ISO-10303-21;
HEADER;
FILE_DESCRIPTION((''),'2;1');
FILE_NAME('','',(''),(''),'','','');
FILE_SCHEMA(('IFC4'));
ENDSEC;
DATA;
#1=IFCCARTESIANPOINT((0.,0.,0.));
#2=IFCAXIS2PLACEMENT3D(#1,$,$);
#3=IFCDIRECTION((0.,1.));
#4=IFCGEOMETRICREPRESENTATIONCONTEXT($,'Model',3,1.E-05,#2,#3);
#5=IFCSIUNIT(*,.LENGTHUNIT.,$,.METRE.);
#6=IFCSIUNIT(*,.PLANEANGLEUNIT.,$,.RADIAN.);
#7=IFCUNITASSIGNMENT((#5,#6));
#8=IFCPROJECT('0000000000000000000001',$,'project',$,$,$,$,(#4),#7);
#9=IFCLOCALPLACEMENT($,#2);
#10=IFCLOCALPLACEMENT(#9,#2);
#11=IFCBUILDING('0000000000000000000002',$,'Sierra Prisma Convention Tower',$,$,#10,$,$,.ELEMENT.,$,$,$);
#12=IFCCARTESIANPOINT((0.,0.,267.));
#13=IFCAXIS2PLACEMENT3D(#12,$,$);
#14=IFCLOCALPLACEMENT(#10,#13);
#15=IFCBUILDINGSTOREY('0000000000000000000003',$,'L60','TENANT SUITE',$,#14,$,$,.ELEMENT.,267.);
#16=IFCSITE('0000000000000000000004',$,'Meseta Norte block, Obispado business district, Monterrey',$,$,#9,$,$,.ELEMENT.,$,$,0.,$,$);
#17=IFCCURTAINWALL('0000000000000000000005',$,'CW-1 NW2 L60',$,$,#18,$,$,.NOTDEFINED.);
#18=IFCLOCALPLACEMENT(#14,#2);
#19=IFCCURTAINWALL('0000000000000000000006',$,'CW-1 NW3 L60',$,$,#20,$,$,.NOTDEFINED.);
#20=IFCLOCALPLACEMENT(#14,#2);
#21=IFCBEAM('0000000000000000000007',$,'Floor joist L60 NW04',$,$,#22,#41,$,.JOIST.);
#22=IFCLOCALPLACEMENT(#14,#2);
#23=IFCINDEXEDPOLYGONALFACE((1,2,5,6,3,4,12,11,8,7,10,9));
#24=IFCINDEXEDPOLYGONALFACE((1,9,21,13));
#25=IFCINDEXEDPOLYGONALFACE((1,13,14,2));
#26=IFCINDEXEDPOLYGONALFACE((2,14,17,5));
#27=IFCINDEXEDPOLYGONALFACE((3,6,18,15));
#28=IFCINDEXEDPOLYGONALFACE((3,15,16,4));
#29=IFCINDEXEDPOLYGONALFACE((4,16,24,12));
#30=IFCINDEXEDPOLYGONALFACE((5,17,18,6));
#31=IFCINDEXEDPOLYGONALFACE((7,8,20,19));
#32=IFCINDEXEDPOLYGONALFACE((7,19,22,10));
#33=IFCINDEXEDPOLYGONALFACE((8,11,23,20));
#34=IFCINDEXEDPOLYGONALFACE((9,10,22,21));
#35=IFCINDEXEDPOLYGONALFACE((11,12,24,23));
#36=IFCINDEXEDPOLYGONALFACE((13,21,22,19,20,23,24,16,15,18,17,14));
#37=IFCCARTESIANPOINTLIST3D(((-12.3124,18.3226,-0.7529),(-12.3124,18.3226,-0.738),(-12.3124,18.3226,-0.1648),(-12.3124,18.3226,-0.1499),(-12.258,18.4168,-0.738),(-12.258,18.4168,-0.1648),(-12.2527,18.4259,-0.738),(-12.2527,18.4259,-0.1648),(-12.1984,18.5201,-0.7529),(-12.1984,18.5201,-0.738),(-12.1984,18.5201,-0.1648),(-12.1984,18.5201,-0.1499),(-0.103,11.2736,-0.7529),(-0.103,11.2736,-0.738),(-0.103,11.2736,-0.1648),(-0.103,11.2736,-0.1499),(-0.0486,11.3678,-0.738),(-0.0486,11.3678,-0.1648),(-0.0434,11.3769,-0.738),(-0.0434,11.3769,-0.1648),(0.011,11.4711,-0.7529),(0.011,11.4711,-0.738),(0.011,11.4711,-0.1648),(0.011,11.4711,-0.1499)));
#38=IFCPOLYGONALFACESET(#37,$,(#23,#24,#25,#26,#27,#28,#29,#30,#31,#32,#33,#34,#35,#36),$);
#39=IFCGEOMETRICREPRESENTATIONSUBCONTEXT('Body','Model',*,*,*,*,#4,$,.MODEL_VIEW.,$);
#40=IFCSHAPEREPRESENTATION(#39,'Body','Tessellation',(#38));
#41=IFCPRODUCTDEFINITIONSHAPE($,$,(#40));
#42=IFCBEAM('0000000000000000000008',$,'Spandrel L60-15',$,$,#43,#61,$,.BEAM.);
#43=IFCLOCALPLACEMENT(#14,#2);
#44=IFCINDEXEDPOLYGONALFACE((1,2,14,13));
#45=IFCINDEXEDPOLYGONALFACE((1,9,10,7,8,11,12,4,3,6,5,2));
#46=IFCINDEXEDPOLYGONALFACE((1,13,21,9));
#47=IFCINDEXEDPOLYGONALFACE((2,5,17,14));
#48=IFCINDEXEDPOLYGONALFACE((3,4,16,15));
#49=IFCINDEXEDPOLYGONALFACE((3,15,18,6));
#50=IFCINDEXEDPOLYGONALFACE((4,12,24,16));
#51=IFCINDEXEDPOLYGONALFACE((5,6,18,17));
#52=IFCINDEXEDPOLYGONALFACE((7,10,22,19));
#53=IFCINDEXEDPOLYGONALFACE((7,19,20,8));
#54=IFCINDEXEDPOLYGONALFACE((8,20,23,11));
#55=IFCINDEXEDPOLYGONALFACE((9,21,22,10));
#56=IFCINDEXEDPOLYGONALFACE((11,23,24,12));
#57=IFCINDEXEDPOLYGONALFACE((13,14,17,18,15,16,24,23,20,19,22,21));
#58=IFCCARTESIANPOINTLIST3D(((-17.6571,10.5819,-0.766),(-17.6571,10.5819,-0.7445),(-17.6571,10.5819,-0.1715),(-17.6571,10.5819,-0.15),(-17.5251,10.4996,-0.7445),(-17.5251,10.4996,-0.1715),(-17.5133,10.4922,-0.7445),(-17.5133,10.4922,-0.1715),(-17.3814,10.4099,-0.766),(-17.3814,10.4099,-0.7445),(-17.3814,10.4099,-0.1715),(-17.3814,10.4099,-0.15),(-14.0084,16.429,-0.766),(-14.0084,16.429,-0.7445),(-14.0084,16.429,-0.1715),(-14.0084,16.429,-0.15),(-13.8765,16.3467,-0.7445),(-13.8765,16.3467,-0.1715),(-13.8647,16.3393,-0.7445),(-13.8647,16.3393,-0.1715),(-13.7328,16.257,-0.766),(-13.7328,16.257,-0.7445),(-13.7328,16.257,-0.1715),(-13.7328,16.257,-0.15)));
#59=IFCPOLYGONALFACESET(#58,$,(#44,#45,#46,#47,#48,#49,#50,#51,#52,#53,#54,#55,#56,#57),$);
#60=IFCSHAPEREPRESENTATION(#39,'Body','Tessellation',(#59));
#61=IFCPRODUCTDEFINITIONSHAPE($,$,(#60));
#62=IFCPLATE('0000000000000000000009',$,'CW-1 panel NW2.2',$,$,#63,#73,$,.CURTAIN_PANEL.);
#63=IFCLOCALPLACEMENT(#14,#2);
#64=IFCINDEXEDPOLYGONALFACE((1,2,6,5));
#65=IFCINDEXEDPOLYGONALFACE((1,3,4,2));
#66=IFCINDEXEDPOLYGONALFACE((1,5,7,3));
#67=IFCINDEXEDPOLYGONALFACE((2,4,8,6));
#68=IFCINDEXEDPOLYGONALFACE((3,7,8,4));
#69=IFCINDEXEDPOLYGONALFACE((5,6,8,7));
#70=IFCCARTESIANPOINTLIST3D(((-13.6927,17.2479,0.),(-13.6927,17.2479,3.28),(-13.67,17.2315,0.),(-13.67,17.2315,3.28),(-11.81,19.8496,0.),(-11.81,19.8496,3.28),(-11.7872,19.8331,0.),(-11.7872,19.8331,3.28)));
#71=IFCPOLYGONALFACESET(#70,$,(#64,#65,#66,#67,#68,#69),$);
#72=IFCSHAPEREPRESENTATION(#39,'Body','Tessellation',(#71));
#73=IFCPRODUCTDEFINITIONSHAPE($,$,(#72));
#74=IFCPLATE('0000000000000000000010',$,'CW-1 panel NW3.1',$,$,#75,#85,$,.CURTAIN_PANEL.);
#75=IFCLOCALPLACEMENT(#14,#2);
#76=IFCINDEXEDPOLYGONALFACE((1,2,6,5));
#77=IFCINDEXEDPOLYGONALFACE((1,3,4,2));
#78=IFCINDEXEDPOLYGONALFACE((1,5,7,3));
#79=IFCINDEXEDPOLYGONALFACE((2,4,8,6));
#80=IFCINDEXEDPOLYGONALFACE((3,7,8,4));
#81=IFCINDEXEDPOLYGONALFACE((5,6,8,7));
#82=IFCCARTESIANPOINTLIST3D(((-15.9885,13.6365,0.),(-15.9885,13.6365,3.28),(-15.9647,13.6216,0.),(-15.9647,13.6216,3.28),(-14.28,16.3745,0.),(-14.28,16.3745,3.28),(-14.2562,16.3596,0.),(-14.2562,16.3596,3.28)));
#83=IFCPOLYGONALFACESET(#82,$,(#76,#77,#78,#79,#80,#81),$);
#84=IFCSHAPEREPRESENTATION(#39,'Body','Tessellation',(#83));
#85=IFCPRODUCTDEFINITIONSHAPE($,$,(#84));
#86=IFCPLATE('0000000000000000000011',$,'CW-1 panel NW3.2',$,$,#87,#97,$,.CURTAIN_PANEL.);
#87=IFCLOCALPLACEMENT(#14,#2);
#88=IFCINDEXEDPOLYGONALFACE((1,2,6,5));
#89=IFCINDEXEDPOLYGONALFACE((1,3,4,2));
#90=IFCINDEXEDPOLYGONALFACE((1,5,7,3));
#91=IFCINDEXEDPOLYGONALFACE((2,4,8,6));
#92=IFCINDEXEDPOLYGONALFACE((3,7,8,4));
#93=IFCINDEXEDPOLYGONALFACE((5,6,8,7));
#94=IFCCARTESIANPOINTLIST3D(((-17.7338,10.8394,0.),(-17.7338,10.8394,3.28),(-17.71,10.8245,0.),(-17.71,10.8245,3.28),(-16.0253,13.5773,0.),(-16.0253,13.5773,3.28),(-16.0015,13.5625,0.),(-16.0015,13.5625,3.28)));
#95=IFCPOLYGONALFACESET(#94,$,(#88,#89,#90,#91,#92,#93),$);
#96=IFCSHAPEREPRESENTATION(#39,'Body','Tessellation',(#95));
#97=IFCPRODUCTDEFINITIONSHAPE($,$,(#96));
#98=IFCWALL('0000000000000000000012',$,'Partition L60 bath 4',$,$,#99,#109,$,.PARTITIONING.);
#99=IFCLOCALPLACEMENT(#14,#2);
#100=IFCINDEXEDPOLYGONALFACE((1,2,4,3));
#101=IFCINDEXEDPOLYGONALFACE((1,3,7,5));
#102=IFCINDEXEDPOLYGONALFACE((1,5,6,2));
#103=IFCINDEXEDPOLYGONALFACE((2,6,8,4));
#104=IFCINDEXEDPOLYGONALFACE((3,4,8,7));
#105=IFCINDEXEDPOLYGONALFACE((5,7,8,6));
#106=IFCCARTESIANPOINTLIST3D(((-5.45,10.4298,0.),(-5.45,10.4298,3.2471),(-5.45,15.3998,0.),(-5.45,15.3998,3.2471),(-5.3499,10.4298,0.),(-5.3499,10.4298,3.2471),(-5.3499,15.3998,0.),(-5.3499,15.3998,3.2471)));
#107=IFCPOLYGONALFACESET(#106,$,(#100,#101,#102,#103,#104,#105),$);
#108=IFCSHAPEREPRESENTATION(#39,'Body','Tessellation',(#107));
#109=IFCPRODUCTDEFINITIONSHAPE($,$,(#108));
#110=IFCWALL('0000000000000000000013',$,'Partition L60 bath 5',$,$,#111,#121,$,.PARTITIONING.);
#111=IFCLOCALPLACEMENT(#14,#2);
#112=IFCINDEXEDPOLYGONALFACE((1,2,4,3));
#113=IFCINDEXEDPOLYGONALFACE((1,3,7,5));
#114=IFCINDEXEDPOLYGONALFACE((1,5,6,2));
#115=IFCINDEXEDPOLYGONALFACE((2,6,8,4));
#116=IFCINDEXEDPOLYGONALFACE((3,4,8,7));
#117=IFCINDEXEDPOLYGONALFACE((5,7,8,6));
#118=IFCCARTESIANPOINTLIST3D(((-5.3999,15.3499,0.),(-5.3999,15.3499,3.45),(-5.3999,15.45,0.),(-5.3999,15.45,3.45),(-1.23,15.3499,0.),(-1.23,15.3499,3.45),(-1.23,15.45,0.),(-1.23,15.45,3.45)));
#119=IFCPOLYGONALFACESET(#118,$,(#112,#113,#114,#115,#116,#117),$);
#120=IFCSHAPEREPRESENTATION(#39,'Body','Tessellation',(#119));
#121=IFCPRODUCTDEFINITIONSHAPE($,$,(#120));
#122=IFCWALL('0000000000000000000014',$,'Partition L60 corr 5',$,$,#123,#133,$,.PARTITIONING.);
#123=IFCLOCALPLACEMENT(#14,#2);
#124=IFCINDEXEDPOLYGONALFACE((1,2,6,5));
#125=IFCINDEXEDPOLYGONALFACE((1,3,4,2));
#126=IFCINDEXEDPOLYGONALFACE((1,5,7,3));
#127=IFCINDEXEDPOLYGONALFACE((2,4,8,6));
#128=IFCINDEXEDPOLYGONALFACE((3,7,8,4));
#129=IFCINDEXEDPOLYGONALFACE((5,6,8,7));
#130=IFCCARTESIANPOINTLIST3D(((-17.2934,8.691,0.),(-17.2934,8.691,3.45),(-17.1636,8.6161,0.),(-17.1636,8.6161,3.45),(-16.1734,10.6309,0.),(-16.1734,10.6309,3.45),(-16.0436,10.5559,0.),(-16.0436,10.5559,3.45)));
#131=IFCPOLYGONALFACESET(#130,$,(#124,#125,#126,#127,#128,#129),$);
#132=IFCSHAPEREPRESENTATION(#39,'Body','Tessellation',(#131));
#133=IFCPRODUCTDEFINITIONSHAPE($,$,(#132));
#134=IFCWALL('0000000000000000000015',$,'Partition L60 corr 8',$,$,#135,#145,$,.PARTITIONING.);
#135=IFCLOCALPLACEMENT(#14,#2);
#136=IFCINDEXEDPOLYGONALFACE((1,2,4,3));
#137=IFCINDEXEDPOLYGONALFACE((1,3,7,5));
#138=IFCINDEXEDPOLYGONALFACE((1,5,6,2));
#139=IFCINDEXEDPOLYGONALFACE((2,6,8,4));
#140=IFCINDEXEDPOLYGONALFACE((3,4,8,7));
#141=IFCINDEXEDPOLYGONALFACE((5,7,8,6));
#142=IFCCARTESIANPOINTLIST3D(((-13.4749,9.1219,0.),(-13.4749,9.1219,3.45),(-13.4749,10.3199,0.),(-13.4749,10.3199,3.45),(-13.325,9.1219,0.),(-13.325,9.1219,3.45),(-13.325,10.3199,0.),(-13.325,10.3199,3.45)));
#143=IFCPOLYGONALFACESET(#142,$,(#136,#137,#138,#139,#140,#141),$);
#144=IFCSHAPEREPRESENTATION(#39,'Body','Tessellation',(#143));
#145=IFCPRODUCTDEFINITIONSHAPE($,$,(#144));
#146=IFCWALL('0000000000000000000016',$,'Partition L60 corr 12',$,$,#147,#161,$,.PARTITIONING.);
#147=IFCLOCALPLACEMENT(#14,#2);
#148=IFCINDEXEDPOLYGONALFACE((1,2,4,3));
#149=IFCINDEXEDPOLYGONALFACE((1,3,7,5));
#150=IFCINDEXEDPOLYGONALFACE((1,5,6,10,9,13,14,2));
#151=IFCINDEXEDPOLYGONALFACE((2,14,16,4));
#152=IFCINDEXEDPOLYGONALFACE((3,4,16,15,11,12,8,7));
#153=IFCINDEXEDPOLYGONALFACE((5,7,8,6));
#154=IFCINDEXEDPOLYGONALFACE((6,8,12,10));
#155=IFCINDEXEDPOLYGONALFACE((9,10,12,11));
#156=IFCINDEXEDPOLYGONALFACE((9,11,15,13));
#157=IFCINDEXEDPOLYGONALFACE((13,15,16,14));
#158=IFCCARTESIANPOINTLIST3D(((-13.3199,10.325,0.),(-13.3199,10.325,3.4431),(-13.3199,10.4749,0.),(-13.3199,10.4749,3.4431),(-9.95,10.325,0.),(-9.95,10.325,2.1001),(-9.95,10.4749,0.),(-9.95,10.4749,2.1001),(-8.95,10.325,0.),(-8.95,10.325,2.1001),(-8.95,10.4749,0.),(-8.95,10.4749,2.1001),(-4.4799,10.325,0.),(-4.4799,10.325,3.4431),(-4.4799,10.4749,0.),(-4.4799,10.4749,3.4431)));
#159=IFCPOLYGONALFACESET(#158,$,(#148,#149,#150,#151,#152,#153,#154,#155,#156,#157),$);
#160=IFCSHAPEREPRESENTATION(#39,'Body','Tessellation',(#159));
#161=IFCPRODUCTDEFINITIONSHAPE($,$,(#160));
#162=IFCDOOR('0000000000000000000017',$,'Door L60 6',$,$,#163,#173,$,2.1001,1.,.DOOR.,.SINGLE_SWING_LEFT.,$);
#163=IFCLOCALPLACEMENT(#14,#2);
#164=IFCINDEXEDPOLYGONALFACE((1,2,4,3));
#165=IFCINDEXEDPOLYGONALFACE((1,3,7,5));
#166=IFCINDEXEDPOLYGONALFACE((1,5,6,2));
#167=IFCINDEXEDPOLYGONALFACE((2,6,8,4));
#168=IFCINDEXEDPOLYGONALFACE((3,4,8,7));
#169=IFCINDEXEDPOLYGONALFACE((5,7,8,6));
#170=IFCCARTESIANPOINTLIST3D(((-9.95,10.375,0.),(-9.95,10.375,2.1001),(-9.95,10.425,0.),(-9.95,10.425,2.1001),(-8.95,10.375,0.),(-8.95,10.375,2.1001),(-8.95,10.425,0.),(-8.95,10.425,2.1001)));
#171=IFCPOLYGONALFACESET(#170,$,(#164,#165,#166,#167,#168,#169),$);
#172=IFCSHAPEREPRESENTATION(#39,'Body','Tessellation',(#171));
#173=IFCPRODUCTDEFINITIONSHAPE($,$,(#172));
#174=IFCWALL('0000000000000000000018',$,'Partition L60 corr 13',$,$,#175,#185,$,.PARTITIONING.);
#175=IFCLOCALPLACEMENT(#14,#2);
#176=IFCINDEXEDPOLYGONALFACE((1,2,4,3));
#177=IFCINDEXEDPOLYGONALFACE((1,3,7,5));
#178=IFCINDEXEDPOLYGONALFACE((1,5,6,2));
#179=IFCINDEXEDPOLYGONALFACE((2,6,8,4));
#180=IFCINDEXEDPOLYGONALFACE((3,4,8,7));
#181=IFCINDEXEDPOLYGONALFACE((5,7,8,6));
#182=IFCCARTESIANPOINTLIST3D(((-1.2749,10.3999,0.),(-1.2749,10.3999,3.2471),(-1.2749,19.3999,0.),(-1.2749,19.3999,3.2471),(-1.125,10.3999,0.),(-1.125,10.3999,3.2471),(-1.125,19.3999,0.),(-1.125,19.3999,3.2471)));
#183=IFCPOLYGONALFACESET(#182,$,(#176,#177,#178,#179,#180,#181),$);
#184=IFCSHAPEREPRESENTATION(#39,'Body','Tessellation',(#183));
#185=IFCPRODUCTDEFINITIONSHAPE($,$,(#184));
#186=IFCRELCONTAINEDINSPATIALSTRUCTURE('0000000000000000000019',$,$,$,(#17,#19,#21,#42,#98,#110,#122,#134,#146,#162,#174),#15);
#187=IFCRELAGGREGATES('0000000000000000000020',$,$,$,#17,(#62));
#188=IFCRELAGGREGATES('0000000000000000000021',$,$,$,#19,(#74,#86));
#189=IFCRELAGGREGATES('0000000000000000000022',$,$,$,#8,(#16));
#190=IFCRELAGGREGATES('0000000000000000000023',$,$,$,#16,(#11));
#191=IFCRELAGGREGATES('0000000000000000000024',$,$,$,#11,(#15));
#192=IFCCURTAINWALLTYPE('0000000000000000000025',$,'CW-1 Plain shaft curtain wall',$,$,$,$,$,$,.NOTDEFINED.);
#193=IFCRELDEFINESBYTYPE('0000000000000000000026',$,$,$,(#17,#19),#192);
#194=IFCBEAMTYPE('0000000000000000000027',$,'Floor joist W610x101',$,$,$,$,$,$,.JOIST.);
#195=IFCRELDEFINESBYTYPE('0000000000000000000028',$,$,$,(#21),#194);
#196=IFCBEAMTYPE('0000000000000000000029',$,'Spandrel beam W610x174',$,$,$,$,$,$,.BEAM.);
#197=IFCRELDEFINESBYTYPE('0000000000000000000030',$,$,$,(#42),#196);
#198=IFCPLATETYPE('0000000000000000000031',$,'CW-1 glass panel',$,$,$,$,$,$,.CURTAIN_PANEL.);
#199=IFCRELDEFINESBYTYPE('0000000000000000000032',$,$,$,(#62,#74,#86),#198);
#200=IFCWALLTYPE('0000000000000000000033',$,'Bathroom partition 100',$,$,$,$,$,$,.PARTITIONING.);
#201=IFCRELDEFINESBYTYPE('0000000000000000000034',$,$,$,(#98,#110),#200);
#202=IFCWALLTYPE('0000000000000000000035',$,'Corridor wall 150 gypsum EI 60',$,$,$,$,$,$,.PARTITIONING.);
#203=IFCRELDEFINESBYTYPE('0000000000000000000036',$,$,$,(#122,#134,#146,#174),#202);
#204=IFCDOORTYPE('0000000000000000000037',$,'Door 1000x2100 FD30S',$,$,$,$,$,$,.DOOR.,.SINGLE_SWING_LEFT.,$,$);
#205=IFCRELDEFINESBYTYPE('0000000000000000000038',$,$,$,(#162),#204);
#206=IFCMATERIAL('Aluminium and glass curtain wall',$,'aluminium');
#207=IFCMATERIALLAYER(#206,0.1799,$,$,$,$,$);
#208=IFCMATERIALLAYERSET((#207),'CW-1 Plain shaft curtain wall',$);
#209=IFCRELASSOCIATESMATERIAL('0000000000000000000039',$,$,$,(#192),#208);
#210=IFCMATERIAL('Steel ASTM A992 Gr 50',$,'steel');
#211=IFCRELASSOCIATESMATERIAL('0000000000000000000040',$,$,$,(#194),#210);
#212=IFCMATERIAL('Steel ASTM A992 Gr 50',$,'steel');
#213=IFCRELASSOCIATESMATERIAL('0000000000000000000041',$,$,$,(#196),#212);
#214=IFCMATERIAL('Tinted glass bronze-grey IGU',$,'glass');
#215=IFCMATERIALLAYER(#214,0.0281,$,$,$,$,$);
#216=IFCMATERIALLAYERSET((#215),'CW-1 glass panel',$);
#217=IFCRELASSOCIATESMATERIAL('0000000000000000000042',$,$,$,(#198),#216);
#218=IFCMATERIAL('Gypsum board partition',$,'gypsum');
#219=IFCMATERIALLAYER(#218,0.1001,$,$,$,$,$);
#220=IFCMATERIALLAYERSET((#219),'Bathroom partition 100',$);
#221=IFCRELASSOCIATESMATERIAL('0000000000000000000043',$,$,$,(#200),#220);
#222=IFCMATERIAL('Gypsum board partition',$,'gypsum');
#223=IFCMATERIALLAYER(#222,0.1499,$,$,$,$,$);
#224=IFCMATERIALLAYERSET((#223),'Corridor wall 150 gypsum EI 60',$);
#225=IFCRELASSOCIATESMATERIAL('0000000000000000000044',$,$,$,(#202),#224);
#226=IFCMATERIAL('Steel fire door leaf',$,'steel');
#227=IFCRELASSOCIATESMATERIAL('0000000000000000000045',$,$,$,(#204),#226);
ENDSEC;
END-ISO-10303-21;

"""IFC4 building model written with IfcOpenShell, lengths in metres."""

from ifc_helpers import new_model, si_unit, direction, frame, frame_2d, origin, origin_2d, place, context, subcontext, project, spatial, rectangle, i_section, extrude, material, layer, layer_set, material_profile, profile_set, type_object, element, fill, aggregate, save


model = new_model("IFC4")

# Units and contexts
model_context = context("Model", 3, precision=1e-05, world=origin(), true_north=direction((0.0, 1.0)))
body_context = subcontext(model_context, "Body", "Model", "MODEL_VIEW")
ifc_project = project(units=[si_unit("LENGTHUNIT", "METRE"), si_unit("PLANEANGLEUNIT", "RADIAN")], contexts=[model_context])

# Site, building, storey
site_placement = place(None, origin())
site = spatial("IfcSite", under=ifc_project, at=site_placement, Name="Meseta Norte block, Obispado business district, Monterrey", CompositionType="ELEMENT", RefElevation=0.0)
building_placement = place(site_placement, origin())
building = spatial("IfcBuilding", under=site, at=building_placement, Name="Sierra Prisma Convention Tower", CompositionType="ELEMENT")
storey_placement = place(building_placement, frame((0.0, 0.0, 267.0)))
storey = spatial("IfcBuildingStorey", under=building, at=storey_placement, Name="L60", Description="TENANT SUITE", CompositionType="ELEMENT", Elevation=267.0)

# Curtain wall
ifc_material_1 = material(Name="Aluminium and glass curtain wall", Category="aluminium")
ifc_layer_1 = layer(ifc_material_1, 0.1799)
ifc_layer_set_1 = layer_set([ifc_layer_1], Name="CW-1 Plain shaft curtain wall")
curtain_wall_type = type_object("IfcCurtainWallType", Name="CW-1 Plain shaft curtain wall", PredefinedType="NOTDEFINED", material=ifc_layer_set_1)
curtain_wall_1_placement = place(storey_placement, origin())
curtain_wall_1 = element("IfcCurtainWall", 1, at=curtain_wall_1_placement, inside=storey, type_object=curtain_wall_type, Name="CW-1 NW2 L60", PredefinedType="NOTDEFINED")

# Curtain wall
curtain_wall_2_placement = place(storey_placement, origin())
curtain_wall_2 = element("IfcCurtainWall", 2, at=curtain_wall_2_placement, inside=storey, type_object=curtain_wall_type, Name="CW-1 NW3 L60", PredefinedType="NOTDEFINED")

# Beams
ifc_material_2 = material(Name="Steel ASTM A992 Gr 50", Category="steel")
ifc_material_profile_1 = material_profile(ifc_material_2, i_section(OverallWidth=0.228, OverallDepth=0.603, WebThickness=0.0105, FlangeThickness=0.0149, at=origin_2d()), Name="W610x101")
ifc_profile_set_1 = profile_set([ifc_material_profile_1], Name="Steel ASTM A992 Gr 50")
beam_type_1 = type_object("IfcBeamType", Name="Floor joist W610x101", PredefinedType="JOIST", material=ifc_profile_set_1)
beam_1_placement = place(storey_placement, frame((-12.2554, 18.4214, -0.4514), z_axis=(0.866028, -0.499996, 0.0), x_axis=(0.499996, 0.866028, 0.0)))
element("IfcBeam", 3, at=beam_1_placement, inside=storey, type_object=beam_type_1, Name="Floor joist L60 NW04", PredefinedType="JOIST", context=body_context, shape_type="SweptSolid", body=[
    extrude(i_section(OverallWidth=0.228, OverallDepth=0.603, WebThickness=0.0105, FlangeThickness=0.0149, at=origin_2d()), origin(), (0.0, 0.0, 1.0), 14.0981),
])
ifc_material_3 = material(Name="Steel ASTM A992 Gr 50", Category="steel")
ifc_material_profile_2 = material_profile(ifc_material_3, i_section(OverallWidth=0.325, OverallDepth=0.616, WebThickness=0.0139, FlangeThickness=0.0215, at=origin_2d()), Name="W610x174")
ifc_profile_set_2 = profile_set([ifc_material_profile_2], Name="Steel ASTM A992 Gr 50")
beam_type_2 = type_object("IfcBeamType", Name="Spandrel beam W610x174", PredefinedType="BEAM", material=ifc_profile_set_2)
beam_2_placement = place(storey_placement, frame((-13.8706, 16.343, -0.458), z_axis=(-0.529394, -0.848376, 0.0), x_axis=(0.848376, -0.529394, 0.0)))
element("IfcBeam", 4, at=beam_2_placement, inside=storey, type_object=beam_type_2, Name="Spandrel L60-15", PredefinedType="BEAM", context=body_context, shape_type="SweptSolid", body=[
    extrude(i_section(OverallWidth=0.325, OverallDepth=0.616, WebThickness=0.0139, FlangeThickness=0.0215, at=origin_2d()), origin(), (0.0, 0.0, 1.0), 6.8921),
])

# Plates
ifc_material_4 = material(Name="Tinted glass bronze-grey IGU", Category="glass")
ifc_layer_2 = layer(ifc_material_4, 0.0281)
ifc_layer_set_2 = layer_set([ifc_layer_2], Name="CW-1 glass panel")
plate_type = type_object("IfcPlateType", Name="CW-1 glass panel", PredefinedType="CURTAIN_PANEL", material=ifc_layer_set_2)
plate_1_placement = place(storey_placement, frame((-12.74, 18.5405, 0.0), z_axis=(0.0, 0.0, 1.0), x_axis=(-0.586269, -0.810117, 0.0)))
plate_1 = element("IfcPlate", 5, at=plate_1_placement, type_object=plate_type, Name="CW-1 panel NW2.2", PredefinedType="CURTAIN_PANEL", context=body_context, shape_type="SweptSolid", body=[
    extrude(rectangle(XDim=3.2114, YDim=0.0281, at=origin_2d()), origin(), (0.0, 0.0, 1.0), 3.28),
])
aggregate(curtain_wall_1, [plate_1])
plate_2_placement = place(storey_placement, frame((-15.1223, 14.998, 0.0), z_axis=(0.0, 0.0, 1.0), x_axis=(-0.52939, -0.848379, 0.0)))
plate_2 = element("IfcPlate", 6, at=plate_2_placement, type_object=plate_type, Name="CW-1 panel NW3.1", PredefinedType="CURTAIN_PANEL", context=body_context, shape_type="SweptSolid", body=[
    extrude(rectangle(XDim=3.2273, YDim=0.0281, at=origin_2d()), origin(), (0.0, 0.0, 1.0), 3.28),
])
plate_3_placement = place(storey_placement, frame((-16.8677, 12.2009, 0.0), z_axis=(0.0, 0.0, 1.0), x_axis=(-0.52939, -0.848379, 0.0)))
plate_3 = element("IfcPlate", 7, at=plate_3_placement, type_object=plate_type, Name="CW-1 panel NW3.2", PredefinedType="CURTAIN_PANEL", context=body_context, shape_type="SweptSolid", body=[
    extrude(rectangle(XDim=3.2273, YDim=0.0281, at=origin_2d()), origin(), (0.0, 0.0, 1.0), 3.28),
])
aggregate(curtain_wall_2, [plate_2, plate_3])

# Walls
ifc_material_5 = material(Name="Gypsum board partition", Category="gypsum")
ifc_layer_3 = layer(ifc_material_5, 0.1001)
ifc_layer_set_3 = layer_set([ifc_layer_3], Name="Bathroom partition 100")
wall_type_1 = type_object("IfcWallType", Name="Bathroom partition 100", PredefinedType="PARTITIONING", material=ifc_layer_set_3)
wall_1_placement = place(storey_placement, frame((-5.3999, 10.4299, 0.0), z_axis=(0.0, 0.0, 1.0), x_axis=(0.0, 1.0, 0.0)))
element("IfcWall", 8, at=wall_1_placement, inside=storey, type_object=wall_type_1, Name="Partition L60 bath 4", PredefinedType="PARTITIONING", context=body_context, shape_type="SweptSolid", body=[
    extrude(rectangle(XDim=4.97, YDim=0.1001, at=frame_2d((2.4849, 0.0))), origin(), (0.0, 0.0, 1.0), 3.2471),
])
wall_2_placement = place(storey_placement, frame((-5.3999, 15.3999, 0.0), z_axis=(0.0, 0.0, 1.0), x_axis=(1.0, 0.0, 0.0)))
element("IfcWall", 9, at=wall_2_placement, inside=storey, type_object=wall_type_1, Name="Partition L60 bath 5", PredefinedType="PARTITIONING", context=body_context, shape_type="SweptSolid", body=[
    extrude(rectangle(XDim=4.1699, YDim=0.1001, at=frame_2d((2.085, 0.0))), origin(), (0.0, 0.0, 1.0), 3.45),
])
ifc_material_6 = material(Name="Gypsum board partition", Category="gypsum")
ifc_layer_4 = layer(ifc_material_6, 0.1499)
ifc_layer_set_4 = layer_set([ifc_layer_4], Name="Corridor wall 150 gypsum EI 60")
wall_type_2 = type_object("IfcWallType", Name="Corridor wall 150 gypsum EI 60", PredefinedType="PARTITIONING", material=ifc_layer_set_4)
wall_3_placement = place(storey_placement, frame((-16.1084, 10.5935, 0.0), z_axis=(0.0, 0.0, 1.0), x_axis=(-0.500031, -0.866008, 0.0)))
element("IfcWall", 10, at=wall_3_placement, inside=storey, type_object=wall_type_2, Name="Partition L60 corr 5", PredefinedType="PARTITIONING", context=body_context, shape_type="SweptSolid", body=[
    extrude(rectangle(XDim=2.24, YDim=0.1499, at=frame_2d((1.1201, 0.0))), origin(), (0.0, 0.0, 1.0), 3.45),
])
wall_4_placement = place(storey_placement, frame((-13.3999, 10.3201, 0.0), z_axis=(0.0, 0.0, 1.0), x_axis=(0.0, -1.0, 0.0)))
element("IfcWall", 11, at=wall_4_placement, inside=storey, type_object=wall_type_2, Name="Partition L60 corr 8", PredefinedType="PARTITIONING", context=body_context, shape_type="SweptSolid", body=[
    extrude(rectangle(XDim=1.198, YDim=0.1499, at=frame_2d((0.5991, 0.0))), origin(), (0.0, 0.0, 1.0), 3.45),
])

# Wall, opening, door
wall_5_placement = place(storey_placement, frame((-4.48, 10.3999, 0.0), z_axis=(0.0, 0.0, 1.0), x_axis=(-1.0, 0.0, 0.0)))
wall_5 = element("IfcWall", 12, at=wall_5_placement, inside=storey, type_object=wall_type_2, Name="Partition L60 corr 12", PredefinedType="PARTITIONING", context=body_context, shape_type="SweptSolid", body=[
    extrude(rectangle(XDim=8.8401, YDim=0.1499, at=frame_2d((4.4199, 0.0))), origin(), (0.0, 0.0, 1.0), 3.4431),
])
opening_1_placement = place(wall_5_placement, frame((4.47, 0.0, 0.0)))
opening_1 = element("IfcOpeningElement", 13, at=opening_1_placement, cuts=wall_5, PredefinedType="OPENING", context=body_context, shape_type="SweptSolid", body=[
    extrude(rectangle(XDim=1.0, YDim=2.1001, at=frame_2d((0.5, 1.05))), frame((0.0, 0.075, 0.0), z_axis=(0.0, -1.0, 0.0), x_axis=(1.0, 0.0, 0.0)), (0.0, 0.0, 1.0), 0.1499),
])
ifc_material_7 = material(Name="Steel fire door leaf", Category="steel")
door_type_1 = type_object("IfcDoorType", Name="Door 1000x2100 FD30S", OperationType="SINGLE_SWING_LEFT", PredefinedType="DOOR", material=ifc_material_7)
door_1_placement = place(opening_1_placement, origin())
door_1 = element("IfcDoor", 14, at=door_1_placement, inside=storey, type_object=door_type_1, Name="Door L60 6", OperationType="SINGLE_SWING_LEFT", OverallHeight=2.1001, OverallWidth=1.0, PredefinedType="DOOR", context=body_context, shape_type="SweptSolid", body=[
    extrude(rectangle(XDim=1.0, YDim=2.1001, at=frame_2d((0.5, 1.05))), frame((0.0, 0.0249, 0.0), z_axis=(0.0, -1.0, 0.0), x_axis=(1.0, 0.0, 0.0)), (0.0, 0.0, 1.0), 0.05),
])
fill(opening_1, door_1)

# Wall
wall_6_placement = place(storey_placement, frame((-1.2, 19.3999, 0.0), z_axis=(0.0, 0.0, 1.0), x_axis=(0.0, -1.0, 0.0)))
element("IfcWall", 15, at=wall_6_placement, inside=storey, type_object=wall_type_2, Name="Partition L60 corr 13", PredefinedType="PARTITIONING", context=body_context, shape_type="SweptSolid", body=[
    extrude(rectangle(XDim=9.0, YDim=0.1499, at=frame_2d((4.5, 0.0))), origin(), (0.0, 0.0, 1.0), 3.2471),
])

save(model, "model.ifc")
